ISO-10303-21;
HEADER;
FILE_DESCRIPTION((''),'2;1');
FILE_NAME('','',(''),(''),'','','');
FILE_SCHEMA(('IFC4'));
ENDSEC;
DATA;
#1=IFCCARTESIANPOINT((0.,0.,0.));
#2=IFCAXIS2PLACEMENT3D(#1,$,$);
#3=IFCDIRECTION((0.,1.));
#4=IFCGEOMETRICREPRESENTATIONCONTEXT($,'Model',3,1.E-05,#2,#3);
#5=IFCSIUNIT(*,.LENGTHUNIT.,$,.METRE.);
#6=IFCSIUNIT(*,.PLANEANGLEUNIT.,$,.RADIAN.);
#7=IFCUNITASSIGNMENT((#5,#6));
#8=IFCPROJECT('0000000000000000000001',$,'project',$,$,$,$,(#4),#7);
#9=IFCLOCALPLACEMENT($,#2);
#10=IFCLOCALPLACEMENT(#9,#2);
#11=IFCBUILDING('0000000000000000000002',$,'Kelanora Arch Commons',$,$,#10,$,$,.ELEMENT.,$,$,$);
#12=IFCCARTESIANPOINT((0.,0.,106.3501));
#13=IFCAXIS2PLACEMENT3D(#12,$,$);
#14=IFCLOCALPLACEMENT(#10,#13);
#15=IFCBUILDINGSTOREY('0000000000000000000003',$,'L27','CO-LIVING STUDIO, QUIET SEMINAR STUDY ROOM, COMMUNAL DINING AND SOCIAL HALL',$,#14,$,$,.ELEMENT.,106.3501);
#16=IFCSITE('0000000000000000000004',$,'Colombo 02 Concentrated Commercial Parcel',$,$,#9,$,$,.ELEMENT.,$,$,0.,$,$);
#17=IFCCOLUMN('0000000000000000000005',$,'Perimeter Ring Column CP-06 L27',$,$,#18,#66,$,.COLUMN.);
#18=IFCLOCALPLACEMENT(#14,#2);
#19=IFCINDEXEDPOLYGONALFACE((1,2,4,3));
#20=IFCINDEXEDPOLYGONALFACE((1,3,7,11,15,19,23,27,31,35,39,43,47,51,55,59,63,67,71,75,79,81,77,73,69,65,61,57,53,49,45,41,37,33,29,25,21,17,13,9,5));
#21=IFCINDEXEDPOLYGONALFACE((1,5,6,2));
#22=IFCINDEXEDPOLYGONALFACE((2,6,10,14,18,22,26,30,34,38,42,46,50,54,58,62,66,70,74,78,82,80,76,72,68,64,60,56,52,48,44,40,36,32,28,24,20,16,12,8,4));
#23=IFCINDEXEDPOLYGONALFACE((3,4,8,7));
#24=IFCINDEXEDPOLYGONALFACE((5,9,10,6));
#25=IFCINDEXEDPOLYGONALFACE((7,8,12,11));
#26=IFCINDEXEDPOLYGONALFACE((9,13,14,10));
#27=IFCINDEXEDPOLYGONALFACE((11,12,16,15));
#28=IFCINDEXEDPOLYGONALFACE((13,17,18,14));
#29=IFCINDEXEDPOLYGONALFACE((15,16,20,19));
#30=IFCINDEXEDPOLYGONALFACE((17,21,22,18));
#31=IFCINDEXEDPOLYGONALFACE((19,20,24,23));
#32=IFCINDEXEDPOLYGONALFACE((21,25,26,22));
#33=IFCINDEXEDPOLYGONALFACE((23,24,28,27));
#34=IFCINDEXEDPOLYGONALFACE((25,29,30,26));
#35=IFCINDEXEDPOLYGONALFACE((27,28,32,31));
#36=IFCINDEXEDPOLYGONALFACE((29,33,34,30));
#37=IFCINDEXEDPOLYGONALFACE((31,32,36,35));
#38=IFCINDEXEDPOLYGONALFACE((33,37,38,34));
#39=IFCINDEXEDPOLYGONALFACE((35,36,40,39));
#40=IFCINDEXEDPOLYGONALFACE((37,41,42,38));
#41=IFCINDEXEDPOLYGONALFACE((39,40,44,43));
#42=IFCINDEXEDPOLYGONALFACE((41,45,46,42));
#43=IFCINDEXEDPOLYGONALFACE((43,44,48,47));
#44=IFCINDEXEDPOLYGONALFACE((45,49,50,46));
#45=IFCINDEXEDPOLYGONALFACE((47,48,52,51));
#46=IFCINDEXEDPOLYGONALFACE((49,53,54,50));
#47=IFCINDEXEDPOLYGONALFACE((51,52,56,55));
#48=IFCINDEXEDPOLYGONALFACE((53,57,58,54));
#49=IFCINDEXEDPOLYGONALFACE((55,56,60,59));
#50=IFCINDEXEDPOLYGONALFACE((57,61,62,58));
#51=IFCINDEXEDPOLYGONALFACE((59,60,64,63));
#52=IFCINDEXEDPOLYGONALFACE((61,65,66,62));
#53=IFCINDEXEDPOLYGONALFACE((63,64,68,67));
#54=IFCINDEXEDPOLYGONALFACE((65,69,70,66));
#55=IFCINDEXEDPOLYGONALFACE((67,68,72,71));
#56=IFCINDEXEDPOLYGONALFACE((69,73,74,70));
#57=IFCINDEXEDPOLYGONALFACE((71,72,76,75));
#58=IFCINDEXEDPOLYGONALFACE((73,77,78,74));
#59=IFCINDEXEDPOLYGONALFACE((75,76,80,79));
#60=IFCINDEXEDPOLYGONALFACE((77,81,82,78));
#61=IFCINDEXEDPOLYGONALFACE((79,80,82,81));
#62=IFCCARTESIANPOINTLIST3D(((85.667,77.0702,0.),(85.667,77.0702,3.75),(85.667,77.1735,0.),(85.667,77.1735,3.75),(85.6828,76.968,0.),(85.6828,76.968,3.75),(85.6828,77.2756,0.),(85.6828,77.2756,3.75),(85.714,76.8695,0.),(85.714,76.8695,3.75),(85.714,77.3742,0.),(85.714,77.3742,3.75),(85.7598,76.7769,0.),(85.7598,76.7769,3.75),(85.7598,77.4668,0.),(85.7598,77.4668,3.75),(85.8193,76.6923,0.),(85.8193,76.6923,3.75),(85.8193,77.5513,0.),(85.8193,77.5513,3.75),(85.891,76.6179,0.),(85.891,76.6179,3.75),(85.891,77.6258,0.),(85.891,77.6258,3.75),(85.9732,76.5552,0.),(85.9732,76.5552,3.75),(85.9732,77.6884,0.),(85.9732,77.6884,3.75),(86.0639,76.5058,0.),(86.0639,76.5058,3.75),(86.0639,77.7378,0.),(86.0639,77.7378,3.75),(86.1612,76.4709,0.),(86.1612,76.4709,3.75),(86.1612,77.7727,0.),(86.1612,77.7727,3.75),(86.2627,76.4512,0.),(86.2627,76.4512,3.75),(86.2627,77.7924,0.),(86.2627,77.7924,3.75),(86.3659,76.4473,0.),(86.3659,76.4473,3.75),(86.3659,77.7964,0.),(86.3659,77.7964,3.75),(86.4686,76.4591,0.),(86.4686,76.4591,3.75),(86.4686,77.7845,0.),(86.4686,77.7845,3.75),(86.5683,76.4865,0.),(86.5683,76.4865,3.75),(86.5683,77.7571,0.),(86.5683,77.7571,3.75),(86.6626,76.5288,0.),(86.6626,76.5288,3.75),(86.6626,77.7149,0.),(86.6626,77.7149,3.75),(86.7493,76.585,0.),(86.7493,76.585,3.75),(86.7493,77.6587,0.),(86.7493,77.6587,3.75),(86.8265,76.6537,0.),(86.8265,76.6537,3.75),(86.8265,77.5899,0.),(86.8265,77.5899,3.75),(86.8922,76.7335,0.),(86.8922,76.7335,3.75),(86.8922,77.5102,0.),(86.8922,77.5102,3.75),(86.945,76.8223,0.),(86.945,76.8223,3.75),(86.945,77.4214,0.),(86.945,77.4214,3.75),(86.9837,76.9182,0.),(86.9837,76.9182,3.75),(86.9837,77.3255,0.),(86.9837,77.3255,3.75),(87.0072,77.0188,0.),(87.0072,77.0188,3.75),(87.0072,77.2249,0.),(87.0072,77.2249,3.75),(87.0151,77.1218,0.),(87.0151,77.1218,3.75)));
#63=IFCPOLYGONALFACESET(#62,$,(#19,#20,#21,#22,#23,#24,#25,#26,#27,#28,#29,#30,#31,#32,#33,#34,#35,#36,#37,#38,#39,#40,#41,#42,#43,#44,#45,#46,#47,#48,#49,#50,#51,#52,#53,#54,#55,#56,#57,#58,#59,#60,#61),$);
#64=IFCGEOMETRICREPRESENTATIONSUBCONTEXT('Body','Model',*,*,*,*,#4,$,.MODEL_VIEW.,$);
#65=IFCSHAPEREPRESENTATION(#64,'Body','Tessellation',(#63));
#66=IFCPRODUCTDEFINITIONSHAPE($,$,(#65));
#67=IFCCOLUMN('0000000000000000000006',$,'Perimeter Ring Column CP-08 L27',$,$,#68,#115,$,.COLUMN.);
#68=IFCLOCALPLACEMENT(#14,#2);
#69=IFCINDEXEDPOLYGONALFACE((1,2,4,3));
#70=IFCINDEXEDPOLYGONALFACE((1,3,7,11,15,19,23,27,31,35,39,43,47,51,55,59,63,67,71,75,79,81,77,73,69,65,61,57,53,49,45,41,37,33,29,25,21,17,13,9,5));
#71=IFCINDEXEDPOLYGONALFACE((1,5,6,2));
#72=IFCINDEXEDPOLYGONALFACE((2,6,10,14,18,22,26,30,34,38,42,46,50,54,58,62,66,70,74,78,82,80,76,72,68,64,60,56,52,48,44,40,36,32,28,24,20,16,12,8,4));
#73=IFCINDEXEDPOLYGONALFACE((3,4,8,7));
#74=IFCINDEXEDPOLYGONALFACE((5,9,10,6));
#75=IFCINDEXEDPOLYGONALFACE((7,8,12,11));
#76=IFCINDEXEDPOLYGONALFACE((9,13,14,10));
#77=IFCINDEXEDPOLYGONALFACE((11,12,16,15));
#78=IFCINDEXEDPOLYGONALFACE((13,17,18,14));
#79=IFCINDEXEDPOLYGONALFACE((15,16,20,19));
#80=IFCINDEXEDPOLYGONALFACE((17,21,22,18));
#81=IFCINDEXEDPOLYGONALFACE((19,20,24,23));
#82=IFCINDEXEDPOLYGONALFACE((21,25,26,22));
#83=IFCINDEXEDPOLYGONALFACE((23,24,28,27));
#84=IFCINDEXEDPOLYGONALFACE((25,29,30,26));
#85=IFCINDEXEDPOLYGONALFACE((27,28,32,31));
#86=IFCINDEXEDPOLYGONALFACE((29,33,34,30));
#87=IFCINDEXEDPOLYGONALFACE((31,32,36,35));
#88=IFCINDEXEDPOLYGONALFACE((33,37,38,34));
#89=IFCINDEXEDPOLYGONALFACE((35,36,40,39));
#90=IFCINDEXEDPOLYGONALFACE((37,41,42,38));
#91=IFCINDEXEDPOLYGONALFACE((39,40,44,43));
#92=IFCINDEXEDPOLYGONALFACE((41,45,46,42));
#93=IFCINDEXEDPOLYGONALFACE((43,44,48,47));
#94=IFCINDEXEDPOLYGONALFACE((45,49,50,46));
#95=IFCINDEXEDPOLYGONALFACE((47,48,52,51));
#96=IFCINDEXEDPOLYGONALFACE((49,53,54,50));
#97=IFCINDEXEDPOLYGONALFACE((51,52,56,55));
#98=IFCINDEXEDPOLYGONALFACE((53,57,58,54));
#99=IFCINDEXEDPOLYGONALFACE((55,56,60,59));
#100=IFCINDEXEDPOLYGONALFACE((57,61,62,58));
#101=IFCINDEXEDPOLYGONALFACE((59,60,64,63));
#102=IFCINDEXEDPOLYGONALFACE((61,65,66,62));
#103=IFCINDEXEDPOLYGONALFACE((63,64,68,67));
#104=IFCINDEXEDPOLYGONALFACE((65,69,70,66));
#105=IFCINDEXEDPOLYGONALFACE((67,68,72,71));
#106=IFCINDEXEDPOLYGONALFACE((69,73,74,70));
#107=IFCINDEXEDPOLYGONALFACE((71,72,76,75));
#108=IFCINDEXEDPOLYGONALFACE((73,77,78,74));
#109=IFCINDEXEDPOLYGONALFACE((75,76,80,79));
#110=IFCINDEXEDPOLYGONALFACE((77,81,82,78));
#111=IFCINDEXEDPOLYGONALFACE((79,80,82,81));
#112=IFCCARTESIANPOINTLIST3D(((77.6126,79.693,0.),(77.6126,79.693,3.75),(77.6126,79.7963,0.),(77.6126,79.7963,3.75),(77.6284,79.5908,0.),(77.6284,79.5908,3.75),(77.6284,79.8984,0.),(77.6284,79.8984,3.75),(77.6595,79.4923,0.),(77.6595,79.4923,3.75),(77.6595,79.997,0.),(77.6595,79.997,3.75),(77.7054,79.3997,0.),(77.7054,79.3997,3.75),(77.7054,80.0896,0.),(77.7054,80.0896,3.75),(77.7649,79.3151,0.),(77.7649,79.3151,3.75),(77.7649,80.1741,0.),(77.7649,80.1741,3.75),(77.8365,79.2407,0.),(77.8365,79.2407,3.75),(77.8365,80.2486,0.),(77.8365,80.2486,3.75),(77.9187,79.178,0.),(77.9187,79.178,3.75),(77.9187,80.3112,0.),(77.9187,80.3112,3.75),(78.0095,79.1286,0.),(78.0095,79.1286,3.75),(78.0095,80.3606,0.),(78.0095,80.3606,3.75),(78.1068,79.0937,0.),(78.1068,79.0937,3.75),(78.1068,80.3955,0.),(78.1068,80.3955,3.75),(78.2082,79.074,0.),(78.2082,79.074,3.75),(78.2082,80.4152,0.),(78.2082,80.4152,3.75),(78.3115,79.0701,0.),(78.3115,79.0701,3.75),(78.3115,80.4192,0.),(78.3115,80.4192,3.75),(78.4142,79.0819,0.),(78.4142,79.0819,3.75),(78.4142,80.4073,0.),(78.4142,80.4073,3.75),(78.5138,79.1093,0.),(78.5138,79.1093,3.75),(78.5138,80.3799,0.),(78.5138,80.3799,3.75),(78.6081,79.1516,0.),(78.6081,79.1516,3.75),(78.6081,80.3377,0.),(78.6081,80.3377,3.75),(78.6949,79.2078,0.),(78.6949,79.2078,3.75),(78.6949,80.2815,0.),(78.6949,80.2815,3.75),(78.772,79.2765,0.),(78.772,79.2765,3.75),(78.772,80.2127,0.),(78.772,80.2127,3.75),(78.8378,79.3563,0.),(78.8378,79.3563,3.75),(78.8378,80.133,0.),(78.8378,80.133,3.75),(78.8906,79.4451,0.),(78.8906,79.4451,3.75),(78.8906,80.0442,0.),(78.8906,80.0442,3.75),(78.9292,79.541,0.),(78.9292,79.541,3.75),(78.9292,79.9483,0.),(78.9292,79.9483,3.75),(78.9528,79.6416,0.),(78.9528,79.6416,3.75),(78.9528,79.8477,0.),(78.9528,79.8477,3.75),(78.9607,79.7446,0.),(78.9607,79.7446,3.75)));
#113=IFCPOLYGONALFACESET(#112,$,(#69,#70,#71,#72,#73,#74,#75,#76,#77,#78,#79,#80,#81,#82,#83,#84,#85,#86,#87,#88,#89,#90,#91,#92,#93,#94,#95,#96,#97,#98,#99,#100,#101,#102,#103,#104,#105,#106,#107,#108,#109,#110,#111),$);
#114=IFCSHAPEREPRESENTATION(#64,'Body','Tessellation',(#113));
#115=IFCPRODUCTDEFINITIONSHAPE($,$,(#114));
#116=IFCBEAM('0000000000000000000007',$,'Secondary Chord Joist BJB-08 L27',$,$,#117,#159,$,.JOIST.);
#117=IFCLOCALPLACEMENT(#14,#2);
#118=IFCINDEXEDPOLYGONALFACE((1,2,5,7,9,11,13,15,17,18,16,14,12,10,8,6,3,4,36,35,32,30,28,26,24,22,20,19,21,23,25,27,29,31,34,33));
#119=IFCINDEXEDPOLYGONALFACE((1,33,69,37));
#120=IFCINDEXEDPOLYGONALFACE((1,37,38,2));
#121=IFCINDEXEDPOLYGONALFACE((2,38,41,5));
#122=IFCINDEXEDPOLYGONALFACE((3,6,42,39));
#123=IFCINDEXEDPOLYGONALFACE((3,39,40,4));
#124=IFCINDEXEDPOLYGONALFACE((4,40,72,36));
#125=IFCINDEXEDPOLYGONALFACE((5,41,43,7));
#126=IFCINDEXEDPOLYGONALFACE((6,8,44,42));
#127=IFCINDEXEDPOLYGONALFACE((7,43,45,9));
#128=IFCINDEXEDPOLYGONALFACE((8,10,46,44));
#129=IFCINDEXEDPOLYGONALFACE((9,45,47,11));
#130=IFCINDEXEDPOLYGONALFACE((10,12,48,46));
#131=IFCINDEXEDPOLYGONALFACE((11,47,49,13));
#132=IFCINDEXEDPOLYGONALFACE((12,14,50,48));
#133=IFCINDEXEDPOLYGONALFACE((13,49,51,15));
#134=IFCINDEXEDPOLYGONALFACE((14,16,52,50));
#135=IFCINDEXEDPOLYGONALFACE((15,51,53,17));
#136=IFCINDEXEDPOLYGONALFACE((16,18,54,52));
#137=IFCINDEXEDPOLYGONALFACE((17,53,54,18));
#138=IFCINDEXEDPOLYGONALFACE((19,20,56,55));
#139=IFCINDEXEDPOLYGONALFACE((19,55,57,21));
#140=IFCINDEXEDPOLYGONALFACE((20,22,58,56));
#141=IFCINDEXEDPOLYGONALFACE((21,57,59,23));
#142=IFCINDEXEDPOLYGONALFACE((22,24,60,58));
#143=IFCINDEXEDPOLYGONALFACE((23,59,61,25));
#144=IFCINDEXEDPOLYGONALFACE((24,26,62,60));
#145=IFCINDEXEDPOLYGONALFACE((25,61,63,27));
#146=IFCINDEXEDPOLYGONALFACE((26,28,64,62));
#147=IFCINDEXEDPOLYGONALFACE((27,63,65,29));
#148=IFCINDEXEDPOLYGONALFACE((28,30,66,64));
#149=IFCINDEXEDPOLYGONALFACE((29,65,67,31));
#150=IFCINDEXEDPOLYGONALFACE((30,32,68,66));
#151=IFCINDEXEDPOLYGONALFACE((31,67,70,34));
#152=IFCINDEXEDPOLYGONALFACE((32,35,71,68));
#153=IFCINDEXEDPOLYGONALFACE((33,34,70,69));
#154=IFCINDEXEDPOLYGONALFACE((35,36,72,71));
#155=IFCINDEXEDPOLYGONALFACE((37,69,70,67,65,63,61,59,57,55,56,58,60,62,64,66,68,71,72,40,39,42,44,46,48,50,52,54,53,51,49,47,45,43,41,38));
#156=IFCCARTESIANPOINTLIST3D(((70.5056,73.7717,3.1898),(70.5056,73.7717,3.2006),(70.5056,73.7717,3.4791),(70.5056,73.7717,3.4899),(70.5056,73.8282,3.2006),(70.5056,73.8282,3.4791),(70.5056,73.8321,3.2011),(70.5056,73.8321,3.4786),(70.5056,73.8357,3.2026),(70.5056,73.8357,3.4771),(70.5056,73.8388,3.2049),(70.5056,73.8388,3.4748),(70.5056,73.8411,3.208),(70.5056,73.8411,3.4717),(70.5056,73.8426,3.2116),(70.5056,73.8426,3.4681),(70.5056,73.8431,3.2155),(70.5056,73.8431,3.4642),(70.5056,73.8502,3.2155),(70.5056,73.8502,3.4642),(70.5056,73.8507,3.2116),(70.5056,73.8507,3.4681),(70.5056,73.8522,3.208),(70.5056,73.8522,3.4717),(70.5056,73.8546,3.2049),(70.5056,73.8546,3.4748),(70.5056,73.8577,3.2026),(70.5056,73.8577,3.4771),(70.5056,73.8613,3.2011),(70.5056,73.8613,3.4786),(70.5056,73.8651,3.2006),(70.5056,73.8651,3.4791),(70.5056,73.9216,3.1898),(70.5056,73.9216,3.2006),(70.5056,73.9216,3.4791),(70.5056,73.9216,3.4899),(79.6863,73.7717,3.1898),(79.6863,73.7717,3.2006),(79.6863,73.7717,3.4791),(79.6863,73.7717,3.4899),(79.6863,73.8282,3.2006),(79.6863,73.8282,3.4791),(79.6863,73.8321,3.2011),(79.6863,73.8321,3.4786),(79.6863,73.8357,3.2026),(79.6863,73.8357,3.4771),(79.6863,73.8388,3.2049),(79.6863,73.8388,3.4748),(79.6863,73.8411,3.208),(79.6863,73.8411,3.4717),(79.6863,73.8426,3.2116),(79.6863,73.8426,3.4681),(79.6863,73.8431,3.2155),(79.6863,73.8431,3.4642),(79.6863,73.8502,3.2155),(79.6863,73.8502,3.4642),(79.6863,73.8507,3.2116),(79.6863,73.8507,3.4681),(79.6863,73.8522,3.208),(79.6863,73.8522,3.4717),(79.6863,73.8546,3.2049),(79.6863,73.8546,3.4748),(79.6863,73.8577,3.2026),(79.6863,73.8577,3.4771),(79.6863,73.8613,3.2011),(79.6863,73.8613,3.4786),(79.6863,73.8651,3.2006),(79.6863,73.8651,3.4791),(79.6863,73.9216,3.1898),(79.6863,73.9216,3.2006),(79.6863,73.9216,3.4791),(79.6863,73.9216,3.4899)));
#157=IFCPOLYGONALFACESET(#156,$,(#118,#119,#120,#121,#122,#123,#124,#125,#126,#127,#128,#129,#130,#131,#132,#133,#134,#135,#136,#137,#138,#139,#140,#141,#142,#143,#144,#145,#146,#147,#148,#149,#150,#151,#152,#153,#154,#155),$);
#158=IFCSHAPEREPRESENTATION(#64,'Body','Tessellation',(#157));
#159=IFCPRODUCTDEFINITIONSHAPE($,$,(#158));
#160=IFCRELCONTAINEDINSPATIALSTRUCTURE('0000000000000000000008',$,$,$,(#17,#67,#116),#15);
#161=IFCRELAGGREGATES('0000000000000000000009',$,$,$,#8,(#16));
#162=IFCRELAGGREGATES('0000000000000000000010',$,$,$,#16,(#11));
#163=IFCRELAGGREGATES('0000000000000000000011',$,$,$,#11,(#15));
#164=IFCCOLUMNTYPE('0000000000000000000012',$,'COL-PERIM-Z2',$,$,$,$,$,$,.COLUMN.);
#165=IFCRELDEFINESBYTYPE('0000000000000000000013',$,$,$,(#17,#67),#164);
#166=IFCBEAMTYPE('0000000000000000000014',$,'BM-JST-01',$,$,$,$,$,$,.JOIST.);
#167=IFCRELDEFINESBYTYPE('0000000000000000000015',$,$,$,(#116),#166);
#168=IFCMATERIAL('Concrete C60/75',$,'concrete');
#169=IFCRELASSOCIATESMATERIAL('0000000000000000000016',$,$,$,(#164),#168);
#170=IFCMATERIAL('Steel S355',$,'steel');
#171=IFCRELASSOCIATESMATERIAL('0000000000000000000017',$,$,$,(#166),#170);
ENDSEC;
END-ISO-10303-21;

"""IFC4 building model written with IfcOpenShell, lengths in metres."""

from ifc_helpers import new_model, si_unit, direction, frame, origin, origin_2d, place, context, subcontext, project, spatial, circle, i_section, extrude, material, material_profile, profile_set, type_object, element, save


model = new_model("IFC4")

# Units and contexts
model_context = context("Model", 3, precision=1e-05, world=origin(), true_north=direction((0.0, 1.0)))
body_context = subcontext(model_context, "Body", "Model", "MODEL_VIEW")
ifc_project = project(units=[si_unit("LENGTHUNIT", "METRE"), si_unit("PLANEANGLEUNIT", "RADIAN")], contexts=[model_context])

# Site, building, storey
site_placement = place(None, origin())
site = spatial("IfcSite", under=ifc_project, at=site_placement, Name="Colombo 02 Concentrated Commercial Parcel", CompositionType="ELEMENT", RefElevation=0.0)
building_placement = place(site_placement, origin())
building = spatial("IfcBuilding", under=site, at=building_placement, Name="Kelanora Arch Commons", CompositionType="ELEMENT")
storey_placement = place(building_placement, frame((0.0, 0.0, 106.3501)))
storey = spatial("IfcBuildingStorey", under=building, at=storey_placement, Name="L27", Description="CO-LIVING STUDIO, QUIET SEMINAR STUDY ROOM, COMMUNAL DINING AND SOCIAL HALL", CompositionType="ELEMENT", Elevation=106.3501)

# Columns
ifc_material_1 = material(Name="Concrete C60/75", Category="concrete")
ifc_material_profile_1 = material_profile(ifc_material_1, circle(Radius=0.675, at=origin_2d()), Name="RCC1350")
ifc_profile_set_1 = profile_set([ifc_material_profile_1], Name="Concrete C60/75")
column_type = type_object("IfcColumnType", Name="COL-PERIM-Z2", PredefinedType="COLUMN", material=ifc_profile_set_1)
for number, where, z_axis, x_axis, name in (
    (1, (86.3401, 77.1218, 0.0), (0.0, 0.0, 1.0), (1.0, 0.0, 0.0), "Perimeter Ring Column CP-06 L27"),
    (2, (78.2856, 79.7446, 0.0), (0.0, 0.0, 1.0), (1.0, 0.0, 0.0), "Perimeter Ring Column CP-08 L27"),
):
    element("IfcColumn", number, at=place(storey_placement, frame(where, z_axis=z_axis, x_axis=x_axis)), inside=storey, type_object=column_type, Name=name, PredefinedType="COLUMN", context=body_context, shape_type="SweptSolid", body=[
        extrude(circle(Radius=0.675, at=origin_2d()), origin(), (0.0, 0.0, 1.0), 3.75),
    ])

# Beam
ifc_material_2 = material(Name="Steel S355", Category="steel")
ifc_material_profile_2 = material_profile(ifc_material_2, i_section(OverallWidth=0.1499, OverallDepth=0.3, WebThickness=0.0071, FlangeThickness=0.0107, FilletRadius=0.0149, at=origin_2d()), Name="IPE300")
ifc_profile_set_2 = profile_set([ifc_material_profile_2], Name="Steel S355")
beam_type_1 = type_object("IfcBeamType", Name="BM-JST-01", PredefinedType="JOIST", material=ifc_profile_set_2)
beam_1_placement = place(storey_placement, frame((79.6863, 73.8467, 3.3398), z_axis=(-1.0, 0.0, 0.0), x_axis=(0.0, -1.0, 0.0)))
element("IfcBeam", 3, at=beam_1_placement, inside=storey, type_object=beam_type_1, Name="Secondary Chord Joist BJB-08 L27", PredefinedType="JOIST", context=body_context, shape_type="SweptSolid", body=[
    extrude(i_section(OverallWidth=0.1499, OverallDepth=0.3, WebThickness=0.0071, FlangeThickness=0.0107, FilletRadius=0.0149, at=origin_2d()), origin(), (0.0, 0.0, 1.0), 9.1807),
])

save(model, "model.ifc")
